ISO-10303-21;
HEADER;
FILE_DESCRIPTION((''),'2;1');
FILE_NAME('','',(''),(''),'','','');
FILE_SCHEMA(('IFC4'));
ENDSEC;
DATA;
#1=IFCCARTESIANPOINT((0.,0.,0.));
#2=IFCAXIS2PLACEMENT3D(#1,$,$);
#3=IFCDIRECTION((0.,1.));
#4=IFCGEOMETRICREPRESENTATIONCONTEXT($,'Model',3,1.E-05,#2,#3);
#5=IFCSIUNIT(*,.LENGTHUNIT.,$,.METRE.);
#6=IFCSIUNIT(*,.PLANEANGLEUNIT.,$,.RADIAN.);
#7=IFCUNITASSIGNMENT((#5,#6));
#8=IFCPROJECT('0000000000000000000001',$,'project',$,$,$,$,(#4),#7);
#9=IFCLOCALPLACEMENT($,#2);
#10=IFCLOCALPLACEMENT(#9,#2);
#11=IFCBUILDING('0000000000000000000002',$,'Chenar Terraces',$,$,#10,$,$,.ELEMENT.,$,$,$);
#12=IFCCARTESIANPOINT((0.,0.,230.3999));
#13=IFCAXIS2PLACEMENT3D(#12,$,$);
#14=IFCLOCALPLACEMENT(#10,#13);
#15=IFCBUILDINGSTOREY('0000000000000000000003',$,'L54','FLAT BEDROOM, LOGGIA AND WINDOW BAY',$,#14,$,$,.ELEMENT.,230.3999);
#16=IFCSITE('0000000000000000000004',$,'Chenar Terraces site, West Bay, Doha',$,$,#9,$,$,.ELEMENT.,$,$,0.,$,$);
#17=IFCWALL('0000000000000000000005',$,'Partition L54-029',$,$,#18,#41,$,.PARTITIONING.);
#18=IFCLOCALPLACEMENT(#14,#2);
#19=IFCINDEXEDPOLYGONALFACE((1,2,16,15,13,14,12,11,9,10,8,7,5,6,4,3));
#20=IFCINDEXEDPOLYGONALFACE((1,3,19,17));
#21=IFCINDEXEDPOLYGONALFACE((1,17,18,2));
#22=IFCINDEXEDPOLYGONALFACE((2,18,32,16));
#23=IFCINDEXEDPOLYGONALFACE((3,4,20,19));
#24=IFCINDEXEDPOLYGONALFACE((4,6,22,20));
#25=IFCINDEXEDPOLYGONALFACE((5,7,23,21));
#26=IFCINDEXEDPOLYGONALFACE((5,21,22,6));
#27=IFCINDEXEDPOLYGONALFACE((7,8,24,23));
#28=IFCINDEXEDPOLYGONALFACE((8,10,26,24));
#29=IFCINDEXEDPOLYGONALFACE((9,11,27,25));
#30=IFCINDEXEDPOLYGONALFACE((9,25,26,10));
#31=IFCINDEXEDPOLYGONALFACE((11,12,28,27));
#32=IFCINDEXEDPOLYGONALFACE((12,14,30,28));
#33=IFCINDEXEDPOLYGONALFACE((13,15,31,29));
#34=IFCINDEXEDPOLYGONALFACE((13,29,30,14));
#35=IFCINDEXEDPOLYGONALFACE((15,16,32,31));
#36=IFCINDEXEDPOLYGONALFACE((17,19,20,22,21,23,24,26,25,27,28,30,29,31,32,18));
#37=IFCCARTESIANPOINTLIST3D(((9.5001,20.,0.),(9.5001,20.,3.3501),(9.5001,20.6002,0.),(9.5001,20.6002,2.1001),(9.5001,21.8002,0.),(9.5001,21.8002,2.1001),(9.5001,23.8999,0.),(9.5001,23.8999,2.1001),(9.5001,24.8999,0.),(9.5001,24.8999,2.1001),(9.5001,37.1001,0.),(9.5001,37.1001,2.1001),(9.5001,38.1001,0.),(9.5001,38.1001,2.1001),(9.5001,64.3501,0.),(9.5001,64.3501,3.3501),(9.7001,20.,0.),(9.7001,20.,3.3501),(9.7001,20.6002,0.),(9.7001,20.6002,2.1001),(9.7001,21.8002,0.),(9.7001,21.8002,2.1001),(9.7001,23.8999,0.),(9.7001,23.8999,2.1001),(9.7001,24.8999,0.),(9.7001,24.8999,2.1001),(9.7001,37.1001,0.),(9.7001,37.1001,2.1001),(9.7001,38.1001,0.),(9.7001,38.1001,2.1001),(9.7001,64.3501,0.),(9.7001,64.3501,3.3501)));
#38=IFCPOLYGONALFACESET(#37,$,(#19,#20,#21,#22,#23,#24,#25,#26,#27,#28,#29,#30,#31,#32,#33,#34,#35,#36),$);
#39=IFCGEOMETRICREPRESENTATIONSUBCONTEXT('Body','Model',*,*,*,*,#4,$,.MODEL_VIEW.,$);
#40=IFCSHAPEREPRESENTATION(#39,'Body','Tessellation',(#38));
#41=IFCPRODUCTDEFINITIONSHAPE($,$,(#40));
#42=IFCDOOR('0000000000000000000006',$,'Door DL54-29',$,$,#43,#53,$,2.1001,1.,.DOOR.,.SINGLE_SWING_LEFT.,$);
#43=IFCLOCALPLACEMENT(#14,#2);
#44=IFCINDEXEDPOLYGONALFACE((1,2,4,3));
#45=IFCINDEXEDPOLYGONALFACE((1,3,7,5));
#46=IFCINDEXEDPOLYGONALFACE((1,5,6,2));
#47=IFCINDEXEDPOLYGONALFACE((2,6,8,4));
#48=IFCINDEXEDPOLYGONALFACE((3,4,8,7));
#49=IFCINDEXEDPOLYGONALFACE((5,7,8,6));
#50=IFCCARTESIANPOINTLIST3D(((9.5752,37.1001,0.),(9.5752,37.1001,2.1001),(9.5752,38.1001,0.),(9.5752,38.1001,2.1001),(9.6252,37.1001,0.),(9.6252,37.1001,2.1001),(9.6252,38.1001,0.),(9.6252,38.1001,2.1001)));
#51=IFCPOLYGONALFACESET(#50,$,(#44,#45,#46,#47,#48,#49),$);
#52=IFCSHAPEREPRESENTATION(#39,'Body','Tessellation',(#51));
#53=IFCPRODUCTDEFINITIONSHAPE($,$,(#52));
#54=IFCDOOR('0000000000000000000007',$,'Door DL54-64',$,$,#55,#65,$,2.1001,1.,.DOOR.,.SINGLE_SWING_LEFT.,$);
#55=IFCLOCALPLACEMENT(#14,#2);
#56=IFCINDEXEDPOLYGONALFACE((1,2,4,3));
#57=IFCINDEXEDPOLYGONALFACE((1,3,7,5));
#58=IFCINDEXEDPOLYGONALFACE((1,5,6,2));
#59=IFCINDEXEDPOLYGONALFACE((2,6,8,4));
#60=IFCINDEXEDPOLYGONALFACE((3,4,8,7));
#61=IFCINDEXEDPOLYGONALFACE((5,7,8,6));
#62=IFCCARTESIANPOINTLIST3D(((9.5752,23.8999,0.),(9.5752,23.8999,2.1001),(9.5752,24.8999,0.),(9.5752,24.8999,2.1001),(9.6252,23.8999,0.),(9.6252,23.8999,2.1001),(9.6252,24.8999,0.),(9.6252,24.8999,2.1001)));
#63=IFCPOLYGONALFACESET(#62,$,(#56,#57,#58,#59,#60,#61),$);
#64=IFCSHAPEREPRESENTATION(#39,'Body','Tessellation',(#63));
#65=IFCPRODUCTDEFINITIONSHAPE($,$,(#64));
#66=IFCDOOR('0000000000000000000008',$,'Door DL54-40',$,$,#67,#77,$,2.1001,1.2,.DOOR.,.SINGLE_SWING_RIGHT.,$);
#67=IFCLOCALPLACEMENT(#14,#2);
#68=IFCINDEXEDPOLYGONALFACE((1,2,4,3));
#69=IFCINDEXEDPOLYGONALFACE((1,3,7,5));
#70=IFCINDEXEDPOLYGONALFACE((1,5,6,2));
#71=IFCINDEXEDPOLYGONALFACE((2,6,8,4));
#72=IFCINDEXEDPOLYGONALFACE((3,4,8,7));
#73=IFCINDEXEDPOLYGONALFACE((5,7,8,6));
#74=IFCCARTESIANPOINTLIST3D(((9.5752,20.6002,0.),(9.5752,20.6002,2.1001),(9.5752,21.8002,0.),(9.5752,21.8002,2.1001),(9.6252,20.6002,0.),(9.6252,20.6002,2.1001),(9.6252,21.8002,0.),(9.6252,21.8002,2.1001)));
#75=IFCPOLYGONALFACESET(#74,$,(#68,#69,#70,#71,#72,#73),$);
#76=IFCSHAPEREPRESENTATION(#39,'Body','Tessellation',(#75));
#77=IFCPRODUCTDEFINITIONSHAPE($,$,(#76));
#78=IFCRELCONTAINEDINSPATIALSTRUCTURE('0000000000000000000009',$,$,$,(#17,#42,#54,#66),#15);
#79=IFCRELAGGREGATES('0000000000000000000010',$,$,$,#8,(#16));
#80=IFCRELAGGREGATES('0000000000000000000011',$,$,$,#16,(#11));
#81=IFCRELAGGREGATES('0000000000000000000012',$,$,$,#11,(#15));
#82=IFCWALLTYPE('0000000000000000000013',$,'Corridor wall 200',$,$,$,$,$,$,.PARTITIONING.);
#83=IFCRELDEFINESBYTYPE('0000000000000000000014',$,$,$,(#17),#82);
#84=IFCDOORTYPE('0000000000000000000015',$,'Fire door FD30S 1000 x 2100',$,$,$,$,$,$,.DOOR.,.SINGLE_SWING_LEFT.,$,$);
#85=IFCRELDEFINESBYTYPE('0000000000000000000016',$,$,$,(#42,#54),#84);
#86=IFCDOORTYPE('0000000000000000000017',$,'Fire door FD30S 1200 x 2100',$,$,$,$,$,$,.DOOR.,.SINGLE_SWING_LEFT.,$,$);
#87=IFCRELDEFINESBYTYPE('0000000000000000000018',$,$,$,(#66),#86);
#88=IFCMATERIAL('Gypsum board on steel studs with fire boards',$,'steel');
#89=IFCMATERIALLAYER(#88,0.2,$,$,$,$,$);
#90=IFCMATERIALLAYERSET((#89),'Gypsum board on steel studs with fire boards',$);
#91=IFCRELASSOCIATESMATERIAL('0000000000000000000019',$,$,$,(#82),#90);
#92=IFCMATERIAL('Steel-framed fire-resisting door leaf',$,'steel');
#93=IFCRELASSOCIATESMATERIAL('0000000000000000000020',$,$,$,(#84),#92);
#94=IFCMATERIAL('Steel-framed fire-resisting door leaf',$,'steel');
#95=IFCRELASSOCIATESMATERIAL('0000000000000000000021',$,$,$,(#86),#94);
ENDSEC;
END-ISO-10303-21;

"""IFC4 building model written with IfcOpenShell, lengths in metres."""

from ifc_helpers import new_model, si_unit, direction, frame, frame_2d, origin, place, context, subcontext, project, spatial, rectangle, extrude, material, layer, layer_set, type_object, element, fill, save


model = new_model("IFC4")

# Units and contexts
model_context = context("Model", 3, precision=1e-05, world=origin(), true_north=direction((0.0, 1.0)))
body_context = subcontext(model_context, "Body", "Model", "MODEL_VIEW")
ifc_project = project(units=[si_unit("LENGTHUNIT", "METRE"), si_unit("PLANEANGLEUNIT", "RADIAN")], contexts=[model_context])

# Site, building, storey
site_placement = place(None, origin())
site = spatial("IfcSite", under=ifc_project, at=site_placement, Name="Chenar Terraces site, West Bay, Doha", CompositionType="ELEMENT", RefElevation=0.0)
building_placement = place(site_placement, origin())
building = spatial("IfcBuilding", under=site, at=building_placement, Name="Chenar Terraces", CompositionType="ELEMENT")
storey_placement = place(building_placement, frame((0.0, 0.0, 230.3999)))
storey = spatial("IfcBuildingStorey", under=building, at=storey_placement, Name="L54", Description="FLAT BEDROOM, LOGGIA AND WINDOW BAY", CompositionType="ELEMENT", Elevation=230.3999)

# Wall, openings, doors
ifc_material_1 = material(Name="Gypsum board on steel studs with fire boards", Category="steel")
ifc_layer_1 = layer(ifc_material_1, 0.2)
ifc_layer_set_1 = layer_set([ifc_layer_1], Name="Gypsum board on steel studs with fire boards")
wall_type_1 = type_object("IfcWallType", Name="Corridor wall 200", PredefinedType="PARTITIONING", material=ifc_layer_set_1)
wall_1_placement = place(storey_placement, frame((9.6001, 20.0, 0.0), z_axis=(0.0, 0.0, 1.0), x_axis=(0.0, 1.0, 0.0)))
wall_1 = element("IfcWall", 1, at=wall_1_placement, inside=storey, type_object=wall_type_1, Name="Partition L54-029", PredefinedType="PARTITIONING", context=body_context, shape_type="SweptSolid", body=[
    extrude(rectangle(XDim=44.3501, YDim=0.2, at=frame_2d((22.175, 0.0))), origin(), (0.0, 0.0, 1.0), 3.3501),
])
opening_1_placement = place(wall_1_placement, frame((17.1001, 0.0, 0.0)))
opening_1 = element("IfcOpeningElement", 2, at=opening_1_placement, cuts=wall_1, PredefinedType="OPENING", context=body_context, shape_type="SweptSolid", body=[
    extrude(rectangle(XDim=1.0, YDim=2.1001, at=frame_2d((0.5, 1.05))), frame((0.0, 0.1099, 0.0), z_axis=(0.0, -1.0, 0.0), x_axis=(1.0, 0.0, 0.0)), (0.0, 0.0, 1.0), 0.22),
])
opening_2_placement = place(wall_1_placement, frame((0.6001, 0.0, 0.0)))
opening_2 = element("IfcOpeningElement", 3, at=opening_2_placement, cuts=wall_1, PredefinedType="OPENING", context=body_context, shape_type="SweptSolid", body=[
    extrude(rectangle(XDim=1.2, YDim=2.1001, at=frame_2d((0.6001, 1.05))), frame((0.0, 0.1099, 0.0), z_axis=(0.0, -1.0, 0.0), x_axis=(1.0, 0.0, 0.0)), (0.0, 0.0, 1.0), 0.22),
])
opening_3_placement = place(wall_1_placement, frame((3.8999, 0.0, 0.0)))
opening_3 = element("IfcOpeningElement", 4, at=opening_3_placement, cuts=wall_1, PredefinedType="OPENING", context=body_context, shape_type="SweptSolid", body=[
    extrude(rectangle(XDim=1.0, YDim=2.1001, at=frame_2d((0.5, 1.05))), frame((0.0, 0.1099, 0.0), z_axis=(0.0, -1.0, 0.0), x_axis=(1.0, 0.0, 0.0)), (0.0, 0.0, 1.0), 0.22),
])
ifc_material_2 = material(Name="Steel-framed fire-resisting door leaf", Category="steel")
door_type_1 = type_object("IfcDoorType", Name="Fire door FD30S 1000 x 2100", OperationType="SINGLE_SWING_LEFT", PredefinedType="DOOR", material=ifc_material_2)
door_1_placement = place(opening_1_placement, origin())
door_1 = element("IfcDoor", 5, at=door_1_placement, inside=storey, type_object=door_type_1, Name="Door DL54-29", OperationType="SINGLE_SWING_LEFT", OverallHeight=2.1001, OverallWidth=1.0, PredefinedType="DOOR", context=body_context, shape_type="SweptSolid", body=[
    extrude(rectangle(XDim=1.0, YDim=2.1001, at=frame_2d((0.5, 1.05))), frame((0.0, 0.0249, 0.0), z_axis=(0.0, -1.0, 0.0), x_axis=(1.0, 0.0, 0.0)), (0.0, 0.0, 1.0), 0.05),
])
fill(opening_1, door_1)
door_2_placement = place(opening_3_placement, origin())
door_2 = element("IfcDoor", 6, at=door_2_placement, inside=storey, type_object=door_type_1, Name="Door DL54-64", OperationType="SINGLE_SWING_LEFT", OverallHeight=2.1001, OverallWidth=1.0, PredefinedType="DOOR", context=body_context, shape_type="SweptSolid", body=[
    extrude(rectangle(XDim=1.0, YDim=2.1001, at=frame_2d((0.5, 1.05))), frame((0.0, 0.0249, 0.0), z_axis=(0.0, -1.0, 0.0), x_axis=(1.0, 0.0, 0.0)), (0.0, 0.0, 1.0), 0.05),
])
fill(opening_3, door_2)
ifc_material_3 = material(Name="Steel-framed fire-resisting door leaf", Category="steel")
door_type_2 = type_object("IfcDoorType", Name="Fire door FD30S 1200 x 2100", OperationType="SINGLE_SWING_LEFT", PredefinedType="DOOR", material=ifc_material_3)
door_3_placement = place(opening_2_placement, origin())
door_3 = element("IfcDoor", 7, at=door_3_placement, inside=storey, type_object=door_type_2, Name="Door DL54-40", OperationType="SINGLE_SWING_RIGHT", OverallHeight=2.1001, OverallWidth=1.2, PredefinedType="DOOR", context=body_context, shape_type="SweptSolid", body=[
    extrude(rectangle(XDim=1.2, YDim=2.1001, at=frame_2d((0.6001, 1.05))), frame((0.0, 0.0249, 0.0), z_axis=(0.0, -1.0, 0.0), x_axis=(1.0, 0.0, 0.0)), (0.0, 0.0, 1.0), 0.05),
])
fill(opening_2, door_3)

save(model, "model.ifc")
